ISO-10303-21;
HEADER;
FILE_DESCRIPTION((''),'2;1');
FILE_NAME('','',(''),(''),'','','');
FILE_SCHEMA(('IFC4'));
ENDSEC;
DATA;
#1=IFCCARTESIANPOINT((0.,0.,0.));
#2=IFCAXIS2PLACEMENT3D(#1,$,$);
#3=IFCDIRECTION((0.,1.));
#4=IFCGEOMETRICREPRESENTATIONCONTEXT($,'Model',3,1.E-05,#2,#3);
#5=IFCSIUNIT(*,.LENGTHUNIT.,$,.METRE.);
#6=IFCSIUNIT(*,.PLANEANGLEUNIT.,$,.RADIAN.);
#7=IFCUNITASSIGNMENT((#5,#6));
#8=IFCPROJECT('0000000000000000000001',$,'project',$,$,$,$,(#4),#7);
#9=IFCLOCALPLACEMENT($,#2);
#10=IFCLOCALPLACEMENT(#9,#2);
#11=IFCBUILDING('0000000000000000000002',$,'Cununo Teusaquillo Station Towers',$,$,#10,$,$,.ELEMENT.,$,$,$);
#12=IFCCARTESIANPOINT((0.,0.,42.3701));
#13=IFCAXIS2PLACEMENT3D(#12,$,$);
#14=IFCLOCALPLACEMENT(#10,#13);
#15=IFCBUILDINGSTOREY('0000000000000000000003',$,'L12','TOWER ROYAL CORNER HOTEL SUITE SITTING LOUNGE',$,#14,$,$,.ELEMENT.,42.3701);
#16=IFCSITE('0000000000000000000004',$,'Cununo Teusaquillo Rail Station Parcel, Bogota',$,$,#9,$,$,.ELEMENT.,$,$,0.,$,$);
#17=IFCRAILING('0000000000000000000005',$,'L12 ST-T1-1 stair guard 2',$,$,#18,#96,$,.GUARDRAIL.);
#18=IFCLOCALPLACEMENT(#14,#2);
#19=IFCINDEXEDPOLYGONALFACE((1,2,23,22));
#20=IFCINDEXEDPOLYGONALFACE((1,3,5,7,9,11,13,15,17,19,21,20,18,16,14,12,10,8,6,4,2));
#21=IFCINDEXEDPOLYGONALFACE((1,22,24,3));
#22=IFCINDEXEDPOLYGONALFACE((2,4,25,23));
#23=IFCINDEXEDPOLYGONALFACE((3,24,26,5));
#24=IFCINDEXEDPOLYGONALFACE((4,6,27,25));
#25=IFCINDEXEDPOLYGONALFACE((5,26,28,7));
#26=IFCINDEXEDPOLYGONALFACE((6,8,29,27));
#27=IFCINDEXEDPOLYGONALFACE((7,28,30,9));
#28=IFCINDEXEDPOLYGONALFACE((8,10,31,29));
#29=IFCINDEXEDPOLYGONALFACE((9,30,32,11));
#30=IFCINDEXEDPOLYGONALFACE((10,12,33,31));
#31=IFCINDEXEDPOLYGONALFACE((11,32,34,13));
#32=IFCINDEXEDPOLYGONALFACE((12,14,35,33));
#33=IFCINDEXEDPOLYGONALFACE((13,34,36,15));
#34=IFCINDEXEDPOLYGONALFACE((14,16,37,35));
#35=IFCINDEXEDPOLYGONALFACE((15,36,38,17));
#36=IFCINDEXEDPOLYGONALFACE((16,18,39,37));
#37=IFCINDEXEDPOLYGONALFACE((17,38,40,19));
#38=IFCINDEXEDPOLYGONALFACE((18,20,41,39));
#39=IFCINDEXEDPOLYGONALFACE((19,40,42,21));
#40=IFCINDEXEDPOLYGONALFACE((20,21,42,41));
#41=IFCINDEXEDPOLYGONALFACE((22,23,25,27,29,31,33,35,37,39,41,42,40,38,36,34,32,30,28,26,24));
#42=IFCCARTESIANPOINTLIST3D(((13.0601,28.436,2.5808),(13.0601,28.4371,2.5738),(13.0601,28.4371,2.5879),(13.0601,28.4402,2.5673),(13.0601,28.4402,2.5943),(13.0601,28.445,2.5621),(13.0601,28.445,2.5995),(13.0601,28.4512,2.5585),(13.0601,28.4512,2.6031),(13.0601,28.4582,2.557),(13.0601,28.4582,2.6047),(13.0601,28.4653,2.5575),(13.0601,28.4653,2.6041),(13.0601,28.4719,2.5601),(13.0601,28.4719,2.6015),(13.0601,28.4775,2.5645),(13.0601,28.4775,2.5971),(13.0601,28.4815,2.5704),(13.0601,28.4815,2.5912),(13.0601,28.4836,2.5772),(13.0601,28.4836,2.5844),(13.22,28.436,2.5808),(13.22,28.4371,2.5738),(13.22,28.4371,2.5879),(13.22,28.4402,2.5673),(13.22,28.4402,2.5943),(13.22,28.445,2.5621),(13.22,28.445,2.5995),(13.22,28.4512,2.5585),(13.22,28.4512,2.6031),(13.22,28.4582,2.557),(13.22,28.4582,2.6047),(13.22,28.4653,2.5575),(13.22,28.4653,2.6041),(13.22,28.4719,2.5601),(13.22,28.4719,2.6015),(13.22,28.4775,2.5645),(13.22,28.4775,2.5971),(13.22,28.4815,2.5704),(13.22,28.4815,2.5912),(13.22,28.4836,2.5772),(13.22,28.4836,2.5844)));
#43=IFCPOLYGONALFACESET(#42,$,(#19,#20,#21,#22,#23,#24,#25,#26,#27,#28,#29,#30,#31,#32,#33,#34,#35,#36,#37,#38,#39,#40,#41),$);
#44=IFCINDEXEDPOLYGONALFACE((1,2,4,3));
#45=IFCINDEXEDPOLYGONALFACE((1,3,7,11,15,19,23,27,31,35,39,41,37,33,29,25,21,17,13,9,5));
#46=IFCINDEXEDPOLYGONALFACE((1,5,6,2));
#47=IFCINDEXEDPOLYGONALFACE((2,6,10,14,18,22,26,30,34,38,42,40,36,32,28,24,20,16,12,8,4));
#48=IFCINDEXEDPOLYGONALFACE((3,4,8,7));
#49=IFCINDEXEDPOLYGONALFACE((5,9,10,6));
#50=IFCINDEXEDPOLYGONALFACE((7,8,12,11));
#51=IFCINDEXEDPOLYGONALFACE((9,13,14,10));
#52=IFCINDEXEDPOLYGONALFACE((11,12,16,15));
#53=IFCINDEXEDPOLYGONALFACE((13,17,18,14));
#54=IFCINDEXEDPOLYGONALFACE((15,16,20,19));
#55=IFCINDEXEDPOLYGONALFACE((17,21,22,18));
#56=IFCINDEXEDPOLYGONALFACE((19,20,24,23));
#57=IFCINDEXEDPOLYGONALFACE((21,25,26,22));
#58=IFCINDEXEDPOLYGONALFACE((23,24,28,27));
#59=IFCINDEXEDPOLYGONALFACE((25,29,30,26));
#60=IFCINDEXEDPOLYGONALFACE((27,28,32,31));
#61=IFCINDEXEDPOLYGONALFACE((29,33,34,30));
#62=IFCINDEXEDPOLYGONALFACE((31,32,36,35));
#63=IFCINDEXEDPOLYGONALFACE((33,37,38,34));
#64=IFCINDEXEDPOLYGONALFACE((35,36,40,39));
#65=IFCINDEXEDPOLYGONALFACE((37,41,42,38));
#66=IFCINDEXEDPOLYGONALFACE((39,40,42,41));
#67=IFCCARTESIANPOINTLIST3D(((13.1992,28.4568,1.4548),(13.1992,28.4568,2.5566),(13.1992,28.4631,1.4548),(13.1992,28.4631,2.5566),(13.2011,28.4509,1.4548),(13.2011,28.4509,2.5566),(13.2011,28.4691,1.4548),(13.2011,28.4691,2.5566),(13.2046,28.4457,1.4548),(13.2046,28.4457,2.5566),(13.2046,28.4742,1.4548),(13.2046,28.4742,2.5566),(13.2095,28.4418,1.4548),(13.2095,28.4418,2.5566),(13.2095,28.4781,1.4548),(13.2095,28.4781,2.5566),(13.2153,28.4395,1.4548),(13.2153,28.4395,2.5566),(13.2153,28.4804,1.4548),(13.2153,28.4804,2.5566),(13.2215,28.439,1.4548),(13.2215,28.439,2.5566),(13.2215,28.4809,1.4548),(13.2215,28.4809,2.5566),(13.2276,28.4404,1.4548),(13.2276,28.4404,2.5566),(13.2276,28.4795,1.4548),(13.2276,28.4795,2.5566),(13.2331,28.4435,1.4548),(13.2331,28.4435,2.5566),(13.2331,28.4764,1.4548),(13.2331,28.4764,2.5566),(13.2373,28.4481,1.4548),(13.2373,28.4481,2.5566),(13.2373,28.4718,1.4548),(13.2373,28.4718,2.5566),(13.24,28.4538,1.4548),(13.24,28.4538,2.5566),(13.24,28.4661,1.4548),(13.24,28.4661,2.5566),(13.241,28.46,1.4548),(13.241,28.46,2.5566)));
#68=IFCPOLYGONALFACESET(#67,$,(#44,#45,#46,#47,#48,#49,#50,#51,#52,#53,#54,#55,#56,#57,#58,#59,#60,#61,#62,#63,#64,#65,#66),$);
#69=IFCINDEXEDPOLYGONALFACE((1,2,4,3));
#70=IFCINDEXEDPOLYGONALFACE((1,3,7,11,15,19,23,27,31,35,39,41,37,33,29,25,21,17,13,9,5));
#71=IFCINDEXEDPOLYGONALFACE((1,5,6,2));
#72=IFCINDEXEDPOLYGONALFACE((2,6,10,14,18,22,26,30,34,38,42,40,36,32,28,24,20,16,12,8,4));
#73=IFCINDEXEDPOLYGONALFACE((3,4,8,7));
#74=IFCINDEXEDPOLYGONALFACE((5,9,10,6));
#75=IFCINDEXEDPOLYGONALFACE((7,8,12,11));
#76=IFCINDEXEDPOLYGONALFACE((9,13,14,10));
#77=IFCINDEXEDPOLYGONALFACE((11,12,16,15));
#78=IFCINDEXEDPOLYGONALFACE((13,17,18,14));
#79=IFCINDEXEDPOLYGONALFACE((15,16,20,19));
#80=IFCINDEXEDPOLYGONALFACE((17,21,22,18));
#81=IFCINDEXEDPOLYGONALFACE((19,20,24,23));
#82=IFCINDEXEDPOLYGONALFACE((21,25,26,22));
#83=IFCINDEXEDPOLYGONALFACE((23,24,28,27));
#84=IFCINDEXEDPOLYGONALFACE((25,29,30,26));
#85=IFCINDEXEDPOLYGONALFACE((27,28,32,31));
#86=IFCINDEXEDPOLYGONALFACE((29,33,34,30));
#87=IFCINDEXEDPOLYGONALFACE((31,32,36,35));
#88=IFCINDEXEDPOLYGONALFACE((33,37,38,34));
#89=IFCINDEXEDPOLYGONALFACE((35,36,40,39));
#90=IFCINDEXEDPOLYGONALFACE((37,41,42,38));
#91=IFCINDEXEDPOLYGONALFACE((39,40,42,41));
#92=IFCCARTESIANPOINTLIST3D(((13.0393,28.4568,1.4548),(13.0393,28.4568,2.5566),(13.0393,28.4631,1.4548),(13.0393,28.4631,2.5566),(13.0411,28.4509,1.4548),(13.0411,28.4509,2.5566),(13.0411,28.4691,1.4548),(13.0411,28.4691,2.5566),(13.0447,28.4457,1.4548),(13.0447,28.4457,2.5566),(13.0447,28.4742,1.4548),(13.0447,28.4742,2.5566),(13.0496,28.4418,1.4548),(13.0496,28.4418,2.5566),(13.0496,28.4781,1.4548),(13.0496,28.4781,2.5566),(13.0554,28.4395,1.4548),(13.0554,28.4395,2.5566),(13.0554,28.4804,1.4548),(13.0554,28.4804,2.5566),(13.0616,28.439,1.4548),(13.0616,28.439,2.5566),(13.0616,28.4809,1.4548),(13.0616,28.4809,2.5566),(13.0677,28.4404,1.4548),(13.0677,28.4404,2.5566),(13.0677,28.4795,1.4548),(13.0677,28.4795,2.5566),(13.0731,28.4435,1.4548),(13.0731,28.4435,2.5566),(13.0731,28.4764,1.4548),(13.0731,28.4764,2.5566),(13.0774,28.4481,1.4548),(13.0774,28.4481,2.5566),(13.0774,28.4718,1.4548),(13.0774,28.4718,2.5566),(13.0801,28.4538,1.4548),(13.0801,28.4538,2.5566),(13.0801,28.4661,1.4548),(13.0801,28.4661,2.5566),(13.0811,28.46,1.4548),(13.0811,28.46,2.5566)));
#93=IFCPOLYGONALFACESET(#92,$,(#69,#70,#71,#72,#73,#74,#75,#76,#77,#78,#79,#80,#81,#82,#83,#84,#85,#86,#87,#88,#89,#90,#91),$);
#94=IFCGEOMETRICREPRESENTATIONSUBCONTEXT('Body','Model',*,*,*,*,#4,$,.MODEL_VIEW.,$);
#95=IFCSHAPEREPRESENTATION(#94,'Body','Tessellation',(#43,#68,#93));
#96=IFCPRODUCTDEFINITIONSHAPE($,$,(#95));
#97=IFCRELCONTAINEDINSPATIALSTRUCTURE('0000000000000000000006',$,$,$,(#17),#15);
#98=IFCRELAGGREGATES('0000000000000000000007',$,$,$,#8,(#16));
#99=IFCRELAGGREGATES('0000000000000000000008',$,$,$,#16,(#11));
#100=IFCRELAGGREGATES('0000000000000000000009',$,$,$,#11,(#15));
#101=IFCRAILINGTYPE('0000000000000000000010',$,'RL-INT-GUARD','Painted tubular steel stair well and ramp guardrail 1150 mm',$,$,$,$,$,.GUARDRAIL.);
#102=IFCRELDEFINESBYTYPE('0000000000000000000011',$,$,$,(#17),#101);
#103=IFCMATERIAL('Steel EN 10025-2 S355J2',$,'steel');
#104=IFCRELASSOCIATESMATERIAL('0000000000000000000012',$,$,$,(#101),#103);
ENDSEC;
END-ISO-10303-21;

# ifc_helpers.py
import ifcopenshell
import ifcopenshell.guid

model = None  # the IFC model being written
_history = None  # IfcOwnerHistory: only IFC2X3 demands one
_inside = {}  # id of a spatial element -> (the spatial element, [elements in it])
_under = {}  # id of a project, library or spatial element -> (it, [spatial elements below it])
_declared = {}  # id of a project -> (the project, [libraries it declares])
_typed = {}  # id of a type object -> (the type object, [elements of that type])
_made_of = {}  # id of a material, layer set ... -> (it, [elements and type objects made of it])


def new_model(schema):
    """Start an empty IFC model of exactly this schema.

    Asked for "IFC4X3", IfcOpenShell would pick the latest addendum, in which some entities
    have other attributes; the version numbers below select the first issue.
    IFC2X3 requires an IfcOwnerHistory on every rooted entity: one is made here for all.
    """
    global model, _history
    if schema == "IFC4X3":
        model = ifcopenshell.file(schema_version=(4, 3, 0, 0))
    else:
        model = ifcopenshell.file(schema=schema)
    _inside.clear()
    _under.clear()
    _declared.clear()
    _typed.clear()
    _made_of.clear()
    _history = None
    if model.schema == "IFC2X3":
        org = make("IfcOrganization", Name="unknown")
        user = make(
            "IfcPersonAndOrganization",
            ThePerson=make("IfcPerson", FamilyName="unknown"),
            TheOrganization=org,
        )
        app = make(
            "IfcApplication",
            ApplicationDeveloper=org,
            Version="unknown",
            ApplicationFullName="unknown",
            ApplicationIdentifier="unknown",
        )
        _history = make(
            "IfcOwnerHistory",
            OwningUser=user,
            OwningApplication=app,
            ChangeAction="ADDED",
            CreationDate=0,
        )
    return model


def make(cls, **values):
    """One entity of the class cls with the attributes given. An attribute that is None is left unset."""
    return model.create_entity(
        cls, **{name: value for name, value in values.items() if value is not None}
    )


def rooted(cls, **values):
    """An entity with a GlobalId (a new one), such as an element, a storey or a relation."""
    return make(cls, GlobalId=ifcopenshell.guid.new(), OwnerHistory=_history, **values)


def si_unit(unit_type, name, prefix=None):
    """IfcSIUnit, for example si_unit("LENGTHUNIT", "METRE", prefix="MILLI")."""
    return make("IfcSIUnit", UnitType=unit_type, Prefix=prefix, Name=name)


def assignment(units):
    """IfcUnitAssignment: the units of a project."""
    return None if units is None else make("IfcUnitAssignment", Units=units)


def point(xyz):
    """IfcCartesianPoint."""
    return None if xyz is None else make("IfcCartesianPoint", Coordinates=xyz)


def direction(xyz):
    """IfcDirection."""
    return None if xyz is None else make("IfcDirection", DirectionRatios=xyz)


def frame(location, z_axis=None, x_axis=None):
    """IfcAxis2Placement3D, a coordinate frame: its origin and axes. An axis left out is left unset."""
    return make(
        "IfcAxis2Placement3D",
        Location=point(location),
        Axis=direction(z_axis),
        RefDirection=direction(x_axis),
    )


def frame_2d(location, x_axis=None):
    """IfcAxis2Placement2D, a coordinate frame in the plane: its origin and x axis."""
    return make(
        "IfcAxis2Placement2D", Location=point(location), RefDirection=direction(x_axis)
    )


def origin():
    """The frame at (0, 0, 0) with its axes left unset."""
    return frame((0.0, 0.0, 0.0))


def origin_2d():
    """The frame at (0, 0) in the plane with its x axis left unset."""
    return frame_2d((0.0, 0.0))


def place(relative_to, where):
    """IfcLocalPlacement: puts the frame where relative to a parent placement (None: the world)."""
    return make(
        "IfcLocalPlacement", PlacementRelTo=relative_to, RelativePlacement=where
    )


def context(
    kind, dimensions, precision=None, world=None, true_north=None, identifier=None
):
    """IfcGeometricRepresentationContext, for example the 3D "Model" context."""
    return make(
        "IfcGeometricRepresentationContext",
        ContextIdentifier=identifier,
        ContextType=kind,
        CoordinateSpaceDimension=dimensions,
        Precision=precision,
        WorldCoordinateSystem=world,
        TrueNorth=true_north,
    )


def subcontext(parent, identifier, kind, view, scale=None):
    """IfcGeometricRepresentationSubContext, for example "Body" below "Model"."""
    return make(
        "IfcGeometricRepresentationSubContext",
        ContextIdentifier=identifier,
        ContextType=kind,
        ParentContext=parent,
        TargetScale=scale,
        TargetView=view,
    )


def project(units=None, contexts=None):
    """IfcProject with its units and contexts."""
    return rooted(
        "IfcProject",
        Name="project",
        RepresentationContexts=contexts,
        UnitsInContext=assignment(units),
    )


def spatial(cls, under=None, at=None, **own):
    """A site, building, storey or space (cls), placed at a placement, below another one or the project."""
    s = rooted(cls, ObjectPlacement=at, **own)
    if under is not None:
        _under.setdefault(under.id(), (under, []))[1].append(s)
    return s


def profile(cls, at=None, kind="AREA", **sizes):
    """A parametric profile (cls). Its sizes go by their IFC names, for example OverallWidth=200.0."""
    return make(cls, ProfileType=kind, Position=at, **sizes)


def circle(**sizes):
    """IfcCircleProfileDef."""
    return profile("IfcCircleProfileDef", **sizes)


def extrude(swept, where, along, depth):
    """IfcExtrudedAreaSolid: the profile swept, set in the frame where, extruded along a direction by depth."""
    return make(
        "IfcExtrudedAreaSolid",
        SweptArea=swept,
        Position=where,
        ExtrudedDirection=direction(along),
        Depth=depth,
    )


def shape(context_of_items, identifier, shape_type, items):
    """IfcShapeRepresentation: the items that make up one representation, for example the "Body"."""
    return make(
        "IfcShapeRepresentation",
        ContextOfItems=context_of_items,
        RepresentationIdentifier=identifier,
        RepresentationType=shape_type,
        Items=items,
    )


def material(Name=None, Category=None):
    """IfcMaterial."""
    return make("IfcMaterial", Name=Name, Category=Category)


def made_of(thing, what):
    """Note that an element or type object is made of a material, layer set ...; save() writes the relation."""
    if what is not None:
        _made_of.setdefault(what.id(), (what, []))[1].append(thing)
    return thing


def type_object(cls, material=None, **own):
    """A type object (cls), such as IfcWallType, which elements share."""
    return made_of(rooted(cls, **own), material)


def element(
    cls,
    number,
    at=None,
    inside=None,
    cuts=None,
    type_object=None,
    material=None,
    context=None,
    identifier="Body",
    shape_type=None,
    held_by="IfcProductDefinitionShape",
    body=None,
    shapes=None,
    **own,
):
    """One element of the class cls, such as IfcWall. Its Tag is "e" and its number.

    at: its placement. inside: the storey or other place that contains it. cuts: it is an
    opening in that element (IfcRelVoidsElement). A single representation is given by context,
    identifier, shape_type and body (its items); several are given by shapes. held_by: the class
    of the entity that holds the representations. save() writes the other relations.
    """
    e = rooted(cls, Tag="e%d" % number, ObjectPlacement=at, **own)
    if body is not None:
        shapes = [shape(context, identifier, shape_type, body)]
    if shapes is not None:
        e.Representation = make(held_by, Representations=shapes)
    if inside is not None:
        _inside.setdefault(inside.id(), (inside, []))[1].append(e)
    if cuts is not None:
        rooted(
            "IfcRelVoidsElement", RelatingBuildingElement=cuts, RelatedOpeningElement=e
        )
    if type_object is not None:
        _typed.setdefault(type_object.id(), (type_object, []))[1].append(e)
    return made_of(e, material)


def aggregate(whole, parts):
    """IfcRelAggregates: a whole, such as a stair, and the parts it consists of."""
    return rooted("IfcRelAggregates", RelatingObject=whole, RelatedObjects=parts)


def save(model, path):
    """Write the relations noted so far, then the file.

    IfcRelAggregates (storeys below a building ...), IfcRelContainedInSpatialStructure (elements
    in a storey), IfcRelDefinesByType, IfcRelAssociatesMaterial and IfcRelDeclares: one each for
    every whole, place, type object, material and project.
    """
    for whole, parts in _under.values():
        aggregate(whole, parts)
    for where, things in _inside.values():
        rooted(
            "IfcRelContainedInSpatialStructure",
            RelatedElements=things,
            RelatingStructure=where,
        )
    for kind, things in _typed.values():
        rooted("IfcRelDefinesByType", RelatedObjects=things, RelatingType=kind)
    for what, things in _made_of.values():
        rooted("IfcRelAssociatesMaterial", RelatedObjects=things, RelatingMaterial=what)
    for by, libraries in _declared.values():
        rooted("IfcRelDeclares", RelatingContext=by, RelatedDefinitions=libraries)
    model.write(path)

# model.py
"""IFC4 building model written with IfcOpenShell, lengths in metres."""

from ifc_helpers import new_model, si_unit, direction, frame, origin, origin_2d, place, context, subcontext, project, spatial, circle, extrude, material, type_object, element, save


model = new_model("IFC4")

# Units and contexts
model_context = context("Model", 3, precision=1e-05, world=origin(), true_north=direction((0.0, 1.0)))
body_context = subcontext(model_context, "Body", "Model", "MODEL_VIEW")
ifc_project = project(units=[si_unit("LENGTHUNIT", "METRE"), si_unit("PLANEANGLEUNIT", "RADIAN")], contexts=[model_context])

# Site, building, storey
site_placement = place(None, origin())
site = spatial("IfcSite", under=ifc_project, at=site_placement, Name="Cununo Teusaquillo Rail Station Parcel, Bogota", CompositionType="ELEMENT", RefElevation=0.0)
building_placement = place(site_placement, origin())
building = spatial("IfcBuilding", under=site, at=building_placement, Name="Cununo Teusaquillo Station Towers", CompositionType="ELEMENT")
storey_placement = place(building_placement, frame((0.0, 0.0, 42.3701)))
storey = spatial("IfcBuildingStorey", under=building, at=storey_placement, Name="L12", Description="TOWER ROYAL CORNER HOTEL SUITE SITTING LOUNGE", CompositionType="ELEMENT", Elevation=42.3701)

# Railing
ifc_material_1 = material(Name="Steel EN 10025-2 S355J2", Category="steel")
railing_type_1 = type_object("IfcRailingType", Name="RL-INT-GUARD", Description="Painted tubular steel stair well and ramp guardrail 1150 mm", PredefinedType="GUARDRAIL", material=ifc_material_1)
railing_1_placement = place(storey_placement, frame((13.22, 28.46, 1.4548)))
element("IfcRailing", 1, at=railing_1_placement, inside=storey, type_object=railing_type_1, Name="L12 ST-T1-1 stair guard 2", PredefinedType="GUARDRAIL", context=body_context, shape_type="SweptSolid", body=[
    extrude(circle(Radius=0.0239, at=origin_2d()), frame((0.0, 0.0, 1.126), z_axis=(-1.0, 0.0, 0.0), x_axis=(0.0, -1.0, 0.0)), (0.0, 0.0, 1.0), 0.1599),
    extrude(circle(Radius=0.021, at=origin_2d()), origin(), (0.0, 0.0, 1.0), 1.1018),
    extrude(circle(Radius=0.021, at=origin_2d()), frame((-0.1599, 0.0, 0.0)), (0.0, 0.0, 1.0), 1.1018),
])

save(model, "model.ifc")
